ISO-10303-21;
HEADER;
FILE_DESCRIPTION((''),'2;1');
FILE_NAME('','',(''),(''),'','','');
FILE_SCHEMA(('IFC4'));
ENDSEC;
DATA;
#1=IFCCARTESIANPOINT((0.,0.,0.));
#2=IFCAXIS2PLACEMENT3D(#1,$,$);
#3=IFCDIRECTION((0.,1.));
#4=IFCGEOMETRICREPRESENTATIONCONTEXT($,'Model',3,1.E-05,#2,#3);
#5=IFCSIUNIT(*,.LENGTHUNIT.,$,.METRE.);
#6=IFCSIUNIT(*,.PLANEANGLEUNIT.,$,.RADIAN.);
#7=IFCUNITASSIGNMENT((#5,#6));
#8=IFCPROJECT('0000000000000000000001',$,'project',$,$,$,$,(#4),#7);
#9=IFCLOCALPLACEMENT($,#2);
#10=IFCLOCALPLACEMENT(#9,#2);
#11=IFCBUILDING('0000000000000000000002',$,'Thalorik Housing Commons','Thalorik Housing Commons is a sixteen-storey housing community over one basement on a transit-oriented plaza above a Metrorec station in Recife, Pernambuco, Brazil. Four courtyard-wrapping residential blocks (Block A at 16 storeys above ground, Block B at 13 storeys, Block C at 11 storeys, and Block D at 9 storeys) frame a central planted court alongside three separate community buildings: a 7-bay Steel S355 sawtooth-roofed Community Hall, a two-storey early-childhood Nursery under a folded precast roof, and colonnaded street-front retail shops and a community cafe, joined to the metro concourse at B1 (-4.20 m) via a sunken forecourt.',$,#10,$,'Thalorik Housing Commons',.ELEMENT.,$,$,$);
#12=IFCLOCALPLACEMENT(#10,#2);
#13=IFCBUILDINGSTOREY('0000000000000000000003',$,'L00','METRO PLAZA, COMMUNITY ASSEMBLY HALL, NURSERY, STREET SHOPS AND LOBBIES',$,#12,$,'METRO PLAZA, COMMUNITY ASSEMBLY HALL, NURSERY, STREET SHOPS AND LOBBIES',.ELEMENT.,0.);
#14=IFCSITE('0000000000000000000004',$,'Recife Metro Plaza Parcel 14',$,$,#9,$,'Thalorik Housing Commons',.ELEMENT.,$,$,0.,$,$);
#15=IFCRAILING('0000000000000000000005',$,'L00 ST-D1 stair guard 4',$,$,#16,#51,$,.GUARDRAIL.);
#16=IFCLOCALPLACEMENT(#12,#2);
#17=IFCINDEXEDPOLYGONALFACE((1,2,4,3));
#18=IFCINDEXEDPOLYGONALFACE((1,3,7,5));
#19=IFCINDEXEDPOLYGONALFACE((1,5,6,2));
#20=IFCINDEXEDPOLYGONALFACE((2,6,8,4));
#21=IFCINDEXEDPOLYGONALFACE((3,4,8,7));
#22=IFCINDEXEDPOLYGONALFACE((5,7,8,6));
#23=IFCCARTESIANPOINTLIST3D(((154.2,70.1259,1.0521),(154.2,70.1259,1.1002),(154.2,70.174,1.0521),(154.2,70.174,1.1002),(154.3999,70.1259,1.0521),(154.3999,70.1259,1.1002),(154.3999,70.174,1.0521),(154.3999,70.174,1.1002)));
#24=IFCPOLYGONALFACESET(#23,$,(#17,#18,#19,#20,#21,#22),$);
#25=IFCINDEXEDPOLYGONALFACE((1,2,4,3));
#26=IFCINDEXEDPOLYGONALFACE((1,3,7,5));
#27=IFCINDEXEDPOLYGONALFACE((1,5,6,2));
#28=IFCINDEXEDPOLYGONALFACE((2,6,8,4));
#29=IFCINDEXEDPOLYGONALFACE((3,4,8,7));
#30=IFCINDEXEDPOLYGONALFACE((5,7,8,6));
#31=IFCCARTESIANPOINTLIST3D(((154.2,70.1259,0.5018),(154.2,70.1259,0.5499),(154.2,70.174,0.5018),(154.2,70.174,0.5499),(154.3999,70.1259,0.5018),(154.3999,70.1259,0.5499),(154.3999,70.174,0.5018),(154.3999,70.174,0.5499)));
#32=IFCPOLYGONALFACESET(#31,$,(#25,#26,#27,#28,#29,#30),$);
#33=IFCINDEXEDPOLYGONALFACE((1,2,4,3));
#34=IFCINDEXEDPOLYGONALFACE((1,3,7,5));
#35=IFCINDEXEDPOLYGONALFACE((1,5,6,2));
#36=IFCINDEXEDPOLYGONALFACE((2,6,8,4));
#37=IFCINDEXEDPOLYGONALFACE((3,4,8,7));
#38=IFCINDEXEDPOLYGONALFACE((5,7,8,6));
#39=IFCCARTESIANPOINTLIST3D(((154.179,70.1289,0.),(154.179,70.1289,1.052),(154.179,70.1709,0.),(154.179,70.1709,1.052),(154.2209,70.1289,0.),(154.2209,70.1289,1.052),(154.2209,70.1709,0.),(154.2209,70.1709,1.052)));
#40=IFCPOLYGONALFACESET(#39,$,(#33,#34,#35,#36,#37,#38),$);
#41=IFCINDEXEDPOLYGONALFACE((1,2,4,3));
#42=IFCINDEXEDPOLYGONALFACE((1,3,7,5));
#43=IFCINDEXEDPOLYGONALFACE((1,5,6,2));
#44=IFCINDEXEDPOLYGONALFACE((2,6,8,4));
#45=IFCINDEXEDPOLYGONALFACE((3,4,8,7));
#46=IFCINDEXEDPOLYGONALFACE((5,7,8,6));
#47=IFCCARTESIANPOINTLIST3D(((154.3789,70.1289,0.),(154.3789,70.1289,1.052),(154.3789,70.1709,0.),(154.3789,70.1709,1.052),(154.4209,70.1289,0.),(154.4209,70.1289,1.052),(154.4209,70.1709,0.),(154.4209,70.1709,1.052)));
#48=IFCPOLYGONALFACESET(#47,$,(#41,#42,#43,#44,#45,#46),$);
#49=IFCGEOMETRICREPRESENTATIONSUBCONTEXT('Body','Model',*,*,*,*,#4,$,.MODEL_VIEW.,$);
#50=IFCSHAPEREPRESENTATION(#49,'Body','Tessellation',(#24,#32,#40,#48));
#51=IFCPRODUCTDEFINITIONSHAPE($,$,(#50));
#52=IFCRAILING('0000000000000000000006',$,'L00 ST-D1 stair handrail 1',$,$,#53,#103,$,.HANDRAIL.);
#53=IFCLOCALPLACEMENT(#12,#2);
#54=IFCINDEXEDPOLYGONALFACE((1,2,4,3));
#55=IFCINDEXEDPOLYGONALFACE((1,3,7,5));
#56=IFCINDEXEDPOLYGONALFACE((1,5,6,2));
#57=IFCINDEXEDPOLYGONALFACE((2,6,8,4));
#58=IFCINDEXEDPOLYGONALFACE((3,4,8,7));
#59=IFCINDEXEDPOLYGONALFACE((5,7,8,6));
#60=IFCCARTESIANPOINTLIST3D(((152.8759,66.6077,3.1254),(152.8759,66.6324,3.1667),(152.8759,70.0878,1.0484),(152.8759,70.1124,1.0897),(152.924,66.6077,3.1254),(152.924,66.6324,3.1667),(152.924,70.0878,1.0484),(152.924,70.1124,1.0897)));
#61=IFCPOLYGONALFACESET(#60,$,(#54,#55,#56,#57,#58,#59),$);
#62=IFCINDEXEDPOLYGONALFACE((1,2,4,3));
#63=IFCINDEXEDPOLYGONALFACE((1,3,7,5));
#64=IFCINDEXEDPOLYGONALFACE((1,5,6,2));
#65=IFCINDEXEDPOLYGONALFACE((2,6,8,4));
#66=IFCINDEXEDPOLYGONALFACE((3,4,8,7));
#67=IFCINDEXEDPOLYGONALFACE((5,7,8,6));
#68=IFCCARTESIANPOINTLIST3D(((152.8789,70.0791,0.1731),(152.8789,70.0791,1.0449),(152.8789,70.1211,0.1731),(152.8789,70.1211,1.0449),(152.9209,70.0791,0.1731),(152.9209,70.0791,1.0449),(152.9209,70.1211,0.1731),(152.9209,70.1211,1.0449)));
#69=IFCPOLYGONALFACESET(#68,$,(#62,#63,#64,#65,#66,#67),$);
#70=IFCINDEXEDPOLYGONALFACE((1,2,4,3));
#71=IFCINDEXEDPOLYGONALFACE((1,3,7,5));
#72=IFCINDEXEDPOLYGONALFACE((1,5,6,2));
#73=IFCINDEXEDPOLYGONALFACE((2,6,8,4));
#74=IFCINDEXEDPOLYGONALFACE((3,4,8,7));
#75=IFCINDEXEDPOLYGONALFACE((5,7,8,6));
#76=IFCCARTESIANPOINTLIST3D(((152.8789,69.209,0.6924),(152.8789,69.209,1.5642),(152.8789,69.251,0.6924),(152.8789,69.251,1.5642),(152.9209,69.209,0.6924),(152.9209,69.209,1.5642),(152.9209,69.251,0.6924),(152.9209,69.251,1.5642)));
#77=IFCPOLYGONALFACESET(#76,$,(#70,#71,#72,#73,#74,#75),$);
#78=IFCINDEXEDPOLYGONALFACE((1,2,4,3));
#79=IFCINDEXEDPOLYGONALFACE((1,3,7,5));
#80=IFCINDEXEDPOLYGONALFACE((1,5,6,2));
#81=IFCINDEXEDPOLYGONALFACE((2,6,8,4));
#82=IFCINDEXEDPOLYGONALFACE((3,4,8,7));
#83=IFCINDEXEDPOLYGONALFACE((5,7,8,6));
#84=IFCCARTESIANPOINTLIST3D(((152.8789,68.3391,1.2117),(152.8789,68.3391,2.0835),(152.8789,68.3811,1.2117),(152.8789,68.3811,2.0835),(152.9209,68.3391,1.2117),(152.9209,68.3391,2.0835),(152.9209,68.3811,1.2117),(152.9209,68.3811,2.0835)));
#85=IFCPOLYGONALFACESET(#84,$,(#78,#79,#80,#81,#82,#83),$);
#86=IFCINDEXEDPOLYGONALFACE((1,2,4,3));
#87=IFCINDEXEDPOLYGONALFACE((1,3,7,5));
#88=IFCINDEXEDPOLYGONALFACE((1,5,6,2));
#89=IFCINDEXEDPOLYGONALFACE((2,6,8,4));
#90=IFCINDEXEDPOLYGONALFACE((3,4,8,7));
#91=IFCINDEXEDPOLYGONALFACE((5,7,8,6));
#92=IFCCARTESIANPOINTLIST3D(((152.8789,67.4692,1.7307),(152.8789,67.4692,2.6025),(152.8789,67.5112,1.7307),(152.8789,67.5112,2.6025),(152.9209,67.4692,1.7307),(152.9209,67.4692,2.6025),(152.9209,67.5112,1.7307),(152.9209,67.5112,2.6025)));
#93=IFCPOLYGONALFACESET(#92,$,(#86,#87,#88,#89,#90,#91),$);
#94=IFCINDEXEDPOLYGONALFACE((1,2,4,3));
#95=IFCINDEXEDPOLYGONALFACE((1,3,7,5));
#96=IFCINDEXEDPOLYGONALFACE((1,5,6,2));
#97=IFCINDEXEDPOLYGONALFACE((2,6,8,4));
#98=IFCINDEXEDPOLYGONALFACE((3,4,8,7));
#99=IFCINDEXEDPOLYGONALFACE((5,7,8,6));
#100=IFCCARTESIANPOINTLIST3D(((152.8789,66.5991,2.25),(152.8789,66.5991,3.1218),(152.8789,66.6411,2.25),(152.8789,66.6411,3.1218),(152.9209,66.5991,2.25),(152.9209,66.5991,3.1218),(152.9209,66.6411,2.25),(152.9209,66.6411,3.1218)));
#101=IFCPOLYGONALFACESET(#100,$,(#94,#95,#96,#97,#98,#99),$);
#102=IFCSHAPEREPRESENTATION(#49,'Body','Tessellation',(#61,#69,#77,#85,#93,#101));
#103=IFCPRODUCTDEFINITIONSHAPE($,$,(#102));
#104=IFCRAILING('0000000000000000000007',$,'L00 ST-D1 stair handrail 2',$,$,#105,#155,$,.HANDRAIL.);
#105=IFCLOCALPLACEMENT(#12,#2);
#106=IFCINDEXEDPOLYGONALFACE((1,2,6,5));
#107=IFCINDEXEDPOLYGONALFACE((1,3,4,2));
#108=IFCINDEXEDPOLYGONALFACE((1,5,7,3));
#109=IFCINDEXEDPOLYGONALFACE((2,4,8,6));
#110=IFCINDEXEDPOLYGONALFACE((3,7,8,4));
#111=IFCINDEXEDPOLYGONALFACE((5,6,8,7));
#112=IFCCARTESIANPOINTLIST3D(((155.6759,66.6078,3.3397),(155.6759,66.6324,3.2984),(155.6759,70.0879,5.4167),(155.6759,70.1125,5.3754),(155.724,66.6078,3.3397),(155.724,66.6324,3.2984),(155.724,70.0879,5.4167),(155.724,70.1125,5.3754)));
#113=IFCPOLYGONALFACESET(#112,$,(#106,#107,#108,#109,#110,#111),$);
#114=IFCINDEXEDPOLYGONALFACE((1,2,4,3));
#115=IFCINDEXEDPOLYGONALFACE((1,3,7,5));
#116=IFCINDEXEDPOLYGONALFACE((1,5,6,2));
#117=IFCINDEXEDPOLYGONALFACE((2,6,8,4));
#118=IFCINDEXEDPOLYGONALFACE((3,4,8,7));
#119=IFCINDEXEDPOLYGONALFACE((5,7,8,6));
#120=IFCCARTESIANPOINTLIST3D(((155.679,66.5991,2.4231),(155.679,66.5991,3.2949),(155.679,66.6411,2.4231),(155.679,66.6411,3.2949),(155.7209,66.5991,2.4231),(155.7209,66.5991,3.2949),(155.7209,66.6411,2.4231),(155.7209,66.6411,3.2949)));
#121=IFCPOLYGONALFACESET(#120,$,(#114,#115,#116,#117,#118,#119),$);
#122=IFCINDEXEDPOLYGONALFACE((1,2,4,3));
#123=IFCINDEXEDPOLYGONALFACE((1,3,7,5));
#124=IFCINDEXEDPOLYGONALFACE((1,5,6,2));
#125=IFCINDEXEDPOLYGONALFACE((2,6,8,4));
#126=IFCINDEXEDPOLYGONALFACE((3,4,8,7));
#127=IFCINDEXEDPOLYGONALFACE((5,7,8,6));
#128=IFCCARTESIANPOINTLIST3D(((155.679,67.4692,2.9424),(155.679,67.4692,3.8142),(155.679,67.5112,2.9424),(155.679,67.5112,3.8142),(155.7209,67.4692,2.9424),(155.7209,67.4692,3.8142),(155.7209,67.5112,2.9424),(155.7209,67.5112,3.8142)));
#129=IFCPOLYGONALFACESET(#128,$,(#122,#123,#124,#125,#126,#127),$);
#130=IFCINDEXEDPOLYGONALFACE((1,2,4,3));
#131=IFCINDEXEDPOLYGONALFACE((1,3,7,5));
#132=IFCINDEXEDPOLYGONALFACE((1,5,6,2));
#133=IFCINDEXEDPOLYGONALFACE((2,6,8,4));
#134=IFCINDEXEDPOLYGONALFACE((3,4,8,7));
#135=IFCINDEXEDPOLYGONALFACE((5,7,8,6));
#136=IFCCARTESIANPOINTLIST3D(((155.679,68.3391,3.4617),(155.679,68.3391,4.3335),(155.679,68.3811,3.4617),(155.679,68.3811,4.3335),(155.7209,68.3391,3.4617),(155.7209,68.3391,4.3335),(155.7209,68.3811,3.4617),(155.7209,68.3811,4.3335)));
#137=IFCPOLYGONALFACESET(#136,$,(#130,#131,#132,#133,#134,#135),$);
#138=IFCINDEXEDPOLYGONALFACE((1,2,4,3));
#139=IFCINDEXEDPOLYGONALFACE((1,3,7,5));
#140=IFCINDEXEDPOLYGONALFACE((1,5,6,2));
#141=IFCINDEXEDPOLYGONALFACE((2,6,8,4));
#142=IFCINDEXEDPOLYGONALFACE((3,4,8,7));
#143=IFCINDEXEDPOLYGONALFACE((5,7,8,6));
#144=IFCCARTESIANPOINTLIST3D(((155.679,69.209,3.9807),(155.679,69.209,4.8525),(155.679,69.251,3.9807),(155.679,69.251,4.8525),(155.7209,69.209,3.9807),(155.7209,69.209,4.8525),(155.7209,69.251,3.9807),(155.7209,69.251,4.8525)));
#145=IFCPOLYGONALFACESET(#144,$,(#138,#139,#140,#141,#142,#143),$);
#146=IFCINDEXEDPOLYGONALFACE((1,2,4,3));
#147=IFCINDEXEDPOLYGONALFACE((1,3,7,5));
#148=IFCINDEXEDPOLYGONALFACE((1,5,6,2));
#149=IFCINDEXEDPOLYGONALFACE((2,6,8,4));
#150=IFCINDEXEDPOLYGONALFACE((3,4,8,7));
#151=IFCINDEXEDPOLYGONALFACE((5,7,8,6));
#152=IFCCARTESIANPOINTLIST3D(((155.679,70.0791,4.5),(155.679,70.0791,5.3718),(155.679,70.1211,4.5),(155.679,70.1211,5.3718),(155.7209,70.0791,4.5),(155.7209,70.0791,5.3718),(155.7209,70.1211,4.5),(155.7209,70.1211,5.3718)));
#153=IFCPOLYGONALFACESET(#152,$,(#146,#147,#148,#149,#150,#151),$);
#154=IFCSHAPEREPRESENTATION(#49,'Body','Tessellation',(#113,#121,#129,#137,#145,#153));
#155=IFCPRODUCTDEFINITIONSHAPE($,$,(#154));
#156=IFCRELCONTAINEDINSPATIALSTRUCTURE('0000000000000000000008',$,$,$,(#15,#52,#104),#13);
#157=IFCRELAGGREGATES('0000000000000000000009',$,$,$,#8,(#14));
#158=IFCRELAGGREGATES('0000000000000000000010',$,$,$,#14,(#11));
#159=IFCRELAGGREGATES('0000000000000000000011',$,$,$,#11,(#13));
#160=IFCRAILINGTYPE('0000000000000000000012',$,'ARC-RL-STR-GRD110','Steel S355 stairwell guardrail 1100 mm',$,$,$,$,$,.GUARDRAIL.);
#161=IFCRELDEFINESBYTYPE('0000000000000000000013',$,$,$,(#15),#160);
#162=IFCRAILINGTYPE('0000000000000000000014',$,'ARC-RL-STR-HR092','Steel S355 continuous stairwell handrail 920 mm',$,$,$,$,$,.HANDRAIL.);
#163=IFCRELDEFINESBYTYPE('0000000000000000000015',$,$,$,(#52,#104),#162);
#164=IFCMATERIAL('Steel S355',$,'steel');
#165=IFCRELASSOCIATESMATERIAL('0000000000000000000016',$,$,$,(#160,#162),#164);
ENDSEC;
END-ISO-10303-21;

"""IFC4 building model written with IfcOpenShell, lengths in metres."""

from ifc_helpers import new_model, si_unit, direction, frame, origin, origin_2d, place, context, subcontext, project, spatial, rectangle, extrude, material, type_object, element, save


model = new_model("IFC4")

# Units and contexts
model_context = context("Model", 3, precision=1e-05, world=origin(), true_north=direction((0.0, 1.0)))
body_context = subcontext(model_context, "Body", "Model", "MODEL_VIEW")
ifc_project = project(units=[si_unit("LENGTHUNIT", "METRE"), si_unit("PLANEANGLEUNIT", "RADIAN")], contexts=[model_context])

# Site, building, storey
site_placement = place(None, origin())
site = spatial("IfcSite", under=ifc_project, at=site_placement, Name="Recife Metro Plaza Parcel 14", LongName="Thalorik Housing Commons", CompositionType="ELEMENT", RefElevation=0.0)
building_placement = place(site_placement, origin())
building = spatial("IfcBuilding", under=site, at=building_placement, Name="Thalorik Housing Commons", Description="Thalorik Housing Commons is a sixteen-storey housing community over one basement on a transit-oriented plaza above a Metrorec station in Recife, Pernambuco, Brazil. Four courtyard-wrapping residential blocks (Block A at 16 storeys above ground, Block B at 13 storeys, Block C at 11 storeys, and Block D at 9 storeys) frame a central planted court alongside three separate community buildings: a 7-bay Steel S355 sawtooth-roofed Community Hall, a two-storey early-childhood Nursery under a folded precast roof, and colonnaded street-front retail shops and a community cafe, joined to the metro concourse at B1 (-4.20 m) via a sunken forecourt.", LongName="Thalorik Housing Commons", CompositionType="ELEMENT")
storey_placement = place(building_placement, origin())
storey = spatial("IfcBuildingStorey", under=building, at=storey_placement, Name="L00", Description="METRO PLAZA, COMMUNITY ASSEMBLY HALL, NURSERY, STREET SHOPS AND LOBBIES", LongName="METRO PLAZA, COMMUNITY ASSEMBLY HALL, NURSERY, STREET SHOPS AND LOBBIES", CompositionType="ELEMENT", Elevation=0.0)

# Shared definitions
ifc_material_1 = material(Name="Steel S355", Category="steel")

# Railings
railing_type_1 = type_object("IfcRailingType", Name="ARC-RL-STR-GRD110", Description="Steel S355 stairwell guardrail 1100 mm", PredefinedType="GUARDRAIL", material=ifc_material_1)
railing_1_placement = place(storey_placement, frame((154.2, 70.1499, 0.0)))
element("IfcRailing", 1, at=railing_1_placement, inside=storey, type_object=railing_type_1, Name="L00 ST-D1 stair guard 4", PredefinedType="GUARDRAIL", context=body_context, shape_type="SweptSolid", body=[
    extrude(rectangle(XDim=0.0481, YDim=0.0481, at=origin_2d()), frame((0.0, 0.0, 1.0762), z_axis=(1.0, 0.0, 0.0), x_axis=(0.0, 1.0, 0.0)), (0.0, 0.0, 1.0), 0.2),
    extrude(rectangle(XDim=0.0481, YDim=0.0481, at=origin_2d()), frame((0.0, 0.0, 0.5259), z_axis=(1.0, 0.0, 0.0), x_axis=(0.0, 1.0, 0.0)), (0.0, 0.0, 1.0), 0.2),
    extrude(rectangle(XDim=0.042, YDim=0.042, at=origin_2d()), origin(), (0.0, 0.0, 1.0), 1.052),
    extrude(rectangle(XDim=0.042, YDim=0.042, at=origin_2d()), frame((0.2, 0.0, 0.0)), (0.0, 0.0, 1.0), 1.052),
])
railing_type_2 = type_object("IfcRailingType", Name="ARC-RL-STR-HR092", Description="Steel S355 continuous stairwell handrail 920 mm", PredefinedType="HANDRAIL", material=ifc_material_1)
railing_2_placement = place(storey_placement, frame((152.8999, 70.1001, 0.1731)))
element("IfcRailing", 2, at=railing_2_placement, inside=storey, type_object=railing_type_2, Name="L00 ST-D1 stair handrail 1", PredefinedType="HANDRAIL", context=body_context, shape_type="SweptSolid", body=[
    extrude(rectangle(XDim=0.0481, YDim=0.0481, at=origin_2d()), frame((0.0, 0.0, 0.896), z_axis=(0.0, -0.858697, 0.512483), x_axis=(1.0, 0.0, 0.0)), (0.0, 0.0, 1.0), 4.0527),
    extrude(rectangle(XDim=0.042, YDim=0.042, at=origin_2d()), origin(), (0.0, 0.0, 1.0), 0.8718),
    extrude(rectangle(XDim=0.042, YDim=0.042, at=origin_2d()), frame((0.0, -0.8701, 0.5193)), (0.0, 0.0, 1.0), 0.8718),
    extrude(rectangle(XDim=0.042, YDim=0.042, at=origin_2d()), frame((0.0, -1.74, 1.0386)), (0.0, 0.0, 1.0), 0.8718),
    extrude(rectangle(XDim=0.042, YDim=0.042, at=origin_2d()), frame((0.0, -2.6099, 1.5576)), (0.0, 0.0, 1.0), 0.8718),
    extrude(rectangle(XDim=0.042, YDim=0.042, at=origin_2d()), frame((0.0, -3.48, 2.0769)), (0.0, 0.0, 1.0), 0.8718),
])
railing_3_placement = place(storey_placement, frame((155.7, 66.6201, 2.4231)))
element("IfcRailing", 3, at=railing_3_placement, inside=storey, type_object=railing_type_2, Name="L00 ST-D1 stair handrail 2", PredefinedType="HANDRAIL", context=body_context, shape_type="SweptSolid", body=[
    extrude(rectangle(XDim=0.0481, YDim=0.0481, at=origin_2d()), frame((0.0, 0.0, 0.896), z_axis=(0.0, 0.858697, 0.512483), x_axis=(-1.0, 0.0, 0.0)), (0.0, 0.0, 1.0), 4.0527),
    extrude(rectangle(XDim=0.042, YDim=0.042, at=origin_2d()), origin(), (0.0, 0.0, 1.0), 0.8718),
    extrude(rectangle(XDim=0.042, YDim=0.042, at=origin_2d()), frame((0.0, 0.8701, 0.5193)), (0.0, 0.0, 1.0), 0.8718),
    extrude(rectangle(XDim=0.042, YDim=0.042, at=origin_2d()), frame((0.0, 1.74, 1.0386)), (0.0, 0.0, 1.0), 0.8718),
    extrude(rectangle(XDim=0.042, YDim=0.042, at=origin_2d()), frame((0.0, 2.6099, 1.5576)), (0.0, 0.0, 1.0), 0.8718),
    extrude(rectangle(XDim=0.042, YDim=0.042, at=origin_2d()), frame((0.0, 3.48, 2.0769)), (0.0, 0.0, 1.0), 0.8718),
])

save(model, "model.ifc")
